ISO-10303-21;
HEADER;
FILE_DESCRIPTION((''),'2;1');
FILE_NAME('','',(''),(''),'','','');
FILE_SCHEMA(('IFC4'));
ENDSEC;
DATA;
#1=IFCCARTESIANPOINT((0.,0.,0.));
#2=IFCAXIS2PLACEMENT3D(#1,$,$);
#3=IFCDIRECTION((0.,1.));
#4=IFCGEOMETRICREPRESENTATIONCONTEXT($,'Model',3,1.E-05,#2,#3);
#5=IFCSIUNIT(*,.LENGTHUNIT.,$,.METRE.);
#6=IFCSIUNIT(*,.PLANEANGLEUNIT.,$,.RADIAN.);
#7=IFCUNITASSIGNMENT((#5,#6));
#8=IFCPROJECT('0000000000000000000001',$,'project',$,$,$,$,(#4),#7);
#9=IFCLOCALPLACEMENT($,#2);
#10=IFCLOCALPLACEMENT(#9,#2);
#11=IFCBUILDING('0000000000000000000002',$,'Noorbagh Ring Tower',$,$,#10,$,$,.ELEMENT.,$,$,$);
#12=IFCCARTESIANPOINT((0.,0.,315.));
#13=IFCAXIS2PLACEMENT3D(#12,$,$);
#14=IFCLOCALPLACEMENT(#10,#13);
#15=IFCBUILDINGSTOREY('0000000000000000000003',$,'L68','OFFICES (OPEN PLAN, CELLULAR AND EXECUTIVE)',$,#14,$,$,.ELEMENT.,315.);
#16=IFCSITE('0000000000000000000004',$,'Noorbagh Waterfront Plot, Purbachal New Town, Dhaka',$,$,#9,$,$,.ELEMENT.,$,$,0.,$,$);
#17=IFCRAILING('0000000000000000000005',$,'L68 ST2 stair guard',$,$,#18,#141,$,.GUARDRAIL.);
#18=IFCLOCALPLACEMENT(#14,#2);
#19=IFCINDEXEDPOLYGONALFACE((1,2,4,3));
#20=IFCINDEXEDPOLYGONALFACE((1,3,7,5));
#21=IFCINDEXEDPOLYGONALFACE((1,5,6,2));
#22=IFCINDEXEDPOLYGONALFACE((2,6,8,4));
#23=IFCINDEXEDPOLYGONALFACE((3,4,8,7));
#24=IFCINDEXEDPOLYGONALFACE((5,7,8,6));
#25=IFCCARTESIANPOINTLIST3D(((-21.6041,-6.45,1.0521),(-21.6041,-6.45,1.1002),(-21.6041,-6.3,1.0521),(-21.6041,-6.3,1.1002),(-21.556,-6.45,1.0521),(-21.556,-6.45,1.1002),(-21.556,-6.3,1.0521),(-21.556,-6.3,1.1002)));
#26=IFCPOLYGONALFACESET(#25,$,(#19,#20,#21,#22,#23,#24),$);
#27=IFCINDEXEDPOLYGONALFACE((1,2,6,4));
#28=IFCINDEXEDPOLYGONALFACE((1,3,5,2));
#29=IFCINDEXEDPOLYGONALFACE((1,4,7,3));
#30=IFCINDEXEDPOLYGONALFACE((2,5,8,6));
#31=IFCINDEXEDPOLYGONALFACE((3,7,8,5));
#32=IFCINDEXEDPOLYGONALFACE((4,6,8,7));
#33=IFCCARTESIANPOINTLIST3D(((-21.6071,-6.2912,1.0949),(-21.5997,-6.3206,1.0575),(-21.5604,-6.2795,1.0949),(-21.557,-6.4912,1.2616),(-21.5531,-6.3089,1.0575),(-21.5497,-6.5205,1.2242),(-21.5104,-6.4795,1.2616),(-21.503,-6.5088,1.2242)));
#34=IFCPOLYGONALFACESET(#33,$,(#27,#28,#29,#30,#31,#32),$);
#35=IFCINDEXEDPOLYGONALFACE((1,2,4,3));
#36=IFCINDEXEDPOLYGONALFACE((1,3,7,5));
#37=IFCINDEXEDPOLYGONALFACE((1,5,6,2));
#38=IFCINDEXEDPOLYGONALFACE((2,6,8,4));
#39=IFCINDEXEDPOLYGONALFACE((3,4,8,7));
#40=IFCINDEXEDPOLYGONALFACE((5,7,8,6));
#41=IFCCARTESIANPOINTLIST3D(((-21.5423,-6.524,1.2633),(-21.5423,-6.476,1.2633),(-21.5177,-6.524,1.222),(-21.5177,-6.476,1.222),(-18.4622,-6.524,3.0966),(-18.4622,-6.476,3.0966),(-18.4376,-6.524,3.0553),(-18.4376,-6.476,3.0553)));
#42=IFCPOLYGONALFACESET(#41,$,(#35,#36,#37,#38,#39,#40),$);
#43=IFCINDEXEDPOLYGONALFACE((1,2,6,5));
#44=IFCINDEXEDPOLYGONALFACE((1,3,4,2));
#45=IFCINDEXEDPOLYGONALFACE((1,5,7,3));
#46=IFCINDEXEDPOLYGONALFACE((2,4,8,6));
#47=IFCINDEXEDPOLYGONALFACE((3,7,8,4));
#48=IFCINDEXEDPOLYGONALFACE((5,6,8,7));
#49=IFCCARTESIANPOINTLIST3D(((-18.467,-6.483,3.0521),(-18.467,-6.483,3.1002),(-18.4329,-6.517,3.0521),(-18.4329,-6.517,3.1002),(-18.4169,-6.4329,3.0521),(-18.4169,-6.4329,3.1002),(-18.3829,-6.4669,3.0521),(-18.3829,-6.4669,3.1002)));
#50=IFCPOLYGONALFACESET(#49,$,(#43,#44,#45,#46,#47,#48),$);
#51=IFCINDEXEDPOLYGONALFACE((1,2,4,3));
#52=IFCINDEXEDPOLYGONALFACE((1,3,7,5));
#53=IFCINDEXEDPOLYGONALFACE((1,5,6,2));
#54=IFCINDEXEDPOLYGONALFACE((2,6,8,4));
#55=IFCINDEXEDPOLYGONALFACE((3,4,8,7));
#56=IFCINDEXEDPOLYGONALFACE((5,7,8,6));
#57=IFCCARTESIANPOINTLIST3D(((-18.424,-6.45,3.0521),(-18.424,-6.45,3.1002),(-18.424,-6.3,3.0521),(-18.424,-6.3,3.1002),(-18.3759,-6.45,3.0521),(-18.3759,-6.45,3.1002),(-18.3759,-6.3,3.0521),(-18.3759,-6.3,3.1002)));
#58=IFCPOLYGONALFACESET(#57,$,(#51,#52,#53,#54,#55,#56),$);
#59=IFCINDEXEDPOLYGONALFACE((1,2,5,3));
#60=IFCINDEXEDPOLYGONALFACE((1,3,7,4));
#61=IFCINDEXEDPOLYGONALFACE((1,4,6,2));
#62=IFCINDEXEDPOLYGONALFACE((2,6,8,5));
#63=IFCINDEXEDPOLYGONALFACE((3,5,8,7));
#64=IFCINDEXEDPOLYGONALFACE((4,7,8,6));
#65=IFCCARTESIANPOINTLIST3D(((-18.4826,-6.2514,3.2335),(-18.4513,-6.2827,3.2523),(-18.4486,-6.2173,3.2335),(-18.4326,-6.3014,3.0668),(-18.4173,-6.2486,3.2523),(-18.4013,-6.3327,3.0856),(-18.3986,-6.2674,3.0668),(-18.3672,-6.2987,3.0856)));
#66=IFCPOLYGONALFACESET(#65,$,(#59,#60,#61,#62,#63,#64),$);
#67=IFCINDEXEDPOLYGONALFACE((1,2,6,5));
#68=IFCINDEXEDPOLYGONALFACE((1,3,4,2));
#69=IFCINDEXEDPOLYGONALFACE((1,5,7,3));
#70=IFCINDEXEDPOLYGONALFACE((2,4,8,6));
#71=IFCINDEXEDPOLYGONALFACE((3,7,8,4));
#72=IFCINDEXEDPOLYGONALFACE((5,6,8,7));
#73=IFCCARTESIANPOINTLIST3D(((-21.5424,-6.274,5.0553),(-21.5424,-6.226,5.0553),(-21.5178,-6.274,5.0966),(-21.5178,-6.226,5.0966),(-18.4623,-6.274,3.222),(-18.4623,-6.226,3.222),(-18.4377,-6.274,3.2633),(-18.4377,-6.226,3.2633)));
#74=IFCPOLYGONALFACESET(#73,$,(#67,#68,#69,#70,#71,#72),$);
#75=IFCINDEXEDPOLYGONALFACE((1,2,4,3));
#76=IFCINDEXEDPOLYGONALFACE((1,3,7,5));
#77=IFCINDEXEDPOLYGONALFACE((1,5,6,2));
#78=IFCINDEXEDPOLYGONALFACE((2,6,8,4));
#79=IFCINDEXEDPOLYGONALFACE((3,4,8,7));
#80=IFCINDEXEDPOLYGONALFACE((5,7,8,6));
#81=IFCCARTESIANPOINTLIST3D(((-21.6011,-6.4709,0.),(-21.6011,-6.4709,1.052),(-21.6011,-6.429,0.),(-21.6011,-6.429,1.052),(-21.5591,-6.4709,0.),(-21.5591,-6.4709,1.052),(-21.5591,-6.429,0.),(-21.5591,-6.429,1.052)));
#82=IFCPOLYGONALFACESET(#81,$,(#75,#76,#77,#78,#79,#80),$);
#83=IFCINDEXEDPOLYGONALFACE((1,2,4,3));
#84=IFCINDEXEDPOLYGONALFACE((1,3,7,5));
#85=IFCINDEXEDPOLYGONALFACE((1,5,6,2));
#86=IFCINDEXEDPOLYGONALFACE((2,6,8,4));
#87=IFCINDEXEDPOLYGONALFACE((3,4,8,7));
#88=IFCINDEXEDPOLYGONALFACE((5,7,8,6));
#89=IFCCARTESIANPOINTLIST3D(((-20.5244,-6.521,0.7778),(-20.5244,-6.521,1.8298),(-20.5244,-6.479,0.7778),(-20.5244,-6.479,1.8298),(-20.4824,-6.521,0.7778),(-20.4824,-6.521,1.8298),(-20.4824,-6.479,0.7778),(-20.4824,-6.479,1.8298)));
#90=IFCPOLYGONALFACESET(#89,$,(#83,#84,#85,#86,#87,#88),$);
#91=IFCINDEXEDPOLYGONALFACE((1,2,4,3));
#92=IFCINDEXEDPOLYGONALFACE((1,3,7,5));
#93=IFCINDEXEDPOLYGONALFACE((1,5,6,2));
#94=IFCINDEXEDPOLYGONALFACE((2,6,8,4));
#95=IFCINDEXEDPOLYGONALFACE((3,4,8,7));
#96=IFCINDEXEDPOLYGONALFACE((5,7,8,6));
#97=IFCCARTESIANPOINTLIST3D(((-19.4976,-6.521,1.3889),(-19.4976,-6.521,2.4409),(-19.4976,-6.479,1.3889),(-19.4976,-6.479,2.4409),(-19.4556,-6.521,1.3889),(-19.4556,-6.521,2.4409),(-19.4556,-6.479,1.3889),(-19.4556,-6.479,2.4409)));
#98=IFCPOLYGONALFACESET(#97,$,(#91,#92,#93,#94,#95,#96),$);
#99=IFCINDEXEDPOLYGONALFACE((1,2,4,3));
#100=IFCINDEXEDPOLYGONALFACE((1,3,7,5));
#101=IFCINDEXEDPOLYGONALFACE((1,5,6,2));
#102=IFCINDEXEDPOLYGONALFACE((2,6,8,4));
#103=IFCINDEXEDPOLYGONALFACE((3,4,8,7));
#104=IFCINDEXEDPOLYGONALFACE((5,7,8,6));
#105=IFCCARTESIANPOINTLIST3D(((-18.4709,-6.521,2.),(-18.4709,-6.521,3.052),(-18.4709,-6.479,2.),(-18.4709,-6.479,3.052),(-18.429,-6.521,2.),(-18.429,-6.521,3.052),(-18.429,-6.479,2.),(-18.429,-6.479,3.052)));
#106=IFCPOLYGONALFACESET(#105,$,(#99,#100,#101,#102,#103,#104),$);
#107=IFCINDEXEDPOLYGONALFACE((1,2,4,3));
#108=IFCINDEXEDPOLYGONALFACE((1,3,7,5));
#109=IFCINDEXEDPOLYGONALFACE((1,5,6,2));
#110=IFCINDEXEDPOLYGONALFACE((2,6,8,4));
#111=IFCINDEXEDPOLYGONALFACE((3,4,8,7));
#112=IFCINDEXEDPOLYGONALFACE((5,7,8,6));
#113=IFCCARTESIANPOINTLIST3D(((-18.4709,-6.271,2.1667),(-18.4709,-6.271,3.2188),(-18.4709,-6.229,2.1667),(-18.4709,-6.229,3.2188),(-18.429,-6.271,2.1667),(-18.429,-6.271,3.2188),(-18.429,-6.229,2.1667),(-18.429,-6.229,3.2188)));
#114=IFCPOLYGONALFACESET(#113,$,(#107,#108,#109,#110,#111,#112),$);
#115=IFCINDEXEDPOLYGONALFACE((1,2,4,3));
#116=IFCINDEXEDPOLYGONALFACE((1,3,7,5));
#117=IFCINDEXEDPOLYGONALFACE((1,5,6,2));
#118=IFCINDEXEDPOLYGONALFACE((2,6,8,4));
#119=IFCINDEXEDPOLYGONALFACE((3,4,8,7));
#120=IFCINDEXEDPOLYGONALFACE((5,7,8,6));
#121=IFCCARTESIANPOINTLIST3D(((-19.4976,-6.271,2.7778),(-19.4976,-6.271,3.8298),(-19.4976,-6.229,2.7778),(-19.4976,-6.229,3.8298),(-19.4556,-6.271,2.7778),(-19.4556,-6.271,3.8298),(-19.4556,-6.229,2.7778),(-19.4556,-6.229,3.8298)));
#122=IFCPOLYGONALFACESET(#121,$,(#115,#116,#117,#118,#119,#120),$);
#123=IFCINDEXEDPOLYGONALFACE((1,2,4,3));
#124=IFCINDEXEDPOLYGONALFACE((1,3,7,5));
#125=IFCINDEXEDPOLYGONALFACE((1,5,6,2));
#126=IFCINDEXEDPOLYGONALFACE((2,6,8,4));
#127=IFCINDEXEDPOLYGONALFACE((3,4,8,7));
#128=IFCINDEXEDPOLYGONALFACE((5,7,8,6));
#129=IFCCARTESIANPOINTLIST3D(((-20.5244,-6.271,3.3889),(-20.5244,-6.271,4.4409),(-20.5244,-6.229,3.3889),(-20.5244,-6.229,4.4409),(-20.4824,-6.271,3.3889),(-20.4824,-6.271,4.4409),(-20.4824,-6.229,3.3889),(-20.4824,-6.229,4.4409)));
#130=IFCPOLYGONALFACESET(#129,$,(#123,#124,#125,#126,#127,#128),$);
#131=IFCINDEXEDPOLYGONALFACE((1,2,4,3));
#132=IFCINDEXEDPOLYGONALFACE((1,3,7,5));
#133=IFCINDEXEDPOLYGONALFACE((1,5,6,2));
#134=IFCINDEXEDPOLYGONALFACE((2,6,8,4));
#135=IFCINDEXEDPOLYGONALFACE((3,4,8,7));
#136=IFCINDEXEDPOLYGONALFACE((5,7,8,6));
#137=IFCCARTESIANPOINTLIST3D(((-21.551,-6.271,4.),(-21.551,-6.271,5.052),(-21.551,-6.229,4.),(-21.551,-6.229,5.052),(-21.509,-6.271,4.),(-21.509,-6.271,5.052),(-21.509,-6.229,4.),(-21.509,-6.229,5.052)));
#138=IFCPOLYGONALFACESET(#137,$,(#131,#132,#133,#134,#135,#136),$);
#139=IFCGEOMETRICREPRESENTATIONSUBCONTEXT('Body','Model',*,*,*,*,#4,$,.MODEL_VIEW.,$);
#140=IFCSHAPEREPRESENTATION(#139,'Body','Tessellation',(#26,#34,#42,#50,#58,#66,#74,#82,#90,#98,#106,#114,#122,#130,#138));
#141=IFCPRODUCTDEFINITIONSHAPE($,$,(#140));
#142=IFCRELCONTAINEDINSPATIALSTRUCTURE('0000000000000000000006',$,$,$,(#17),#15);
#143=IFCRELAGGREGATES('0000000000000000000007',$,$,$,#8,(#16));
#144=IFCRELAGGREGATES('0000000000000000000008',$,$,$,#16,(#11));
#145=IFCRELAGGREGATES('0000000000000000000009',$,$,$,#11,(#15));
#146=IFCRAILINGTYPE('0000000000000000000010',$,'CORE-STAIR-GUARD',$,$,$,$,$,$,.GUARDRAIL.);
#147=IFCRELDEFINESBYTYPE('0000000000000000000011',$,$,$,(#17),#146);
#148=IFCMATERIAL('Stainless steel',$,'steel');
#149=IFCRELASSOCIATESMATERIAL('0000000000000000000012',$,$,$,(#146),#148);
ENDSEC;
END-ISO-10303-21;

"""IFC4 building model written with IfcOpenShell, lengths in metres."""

from ifc_helpers import new_model, si_unit, direction, frame, origin, origin_2d, place, context, subcontext, project, spatial, rectangle, extrude, material, type_object, element, save


model = new_model("IFC4")

# Units and contexts
model_context = context("Model", 3, precision=1e-05, world=origin(), true_north=direction((0.0, 1.0)))
body_context = subcontext(model_context, "Body", "Model", "MODEL_VIEW")
ifc_project = project(units=[si_unit("LENGTHUNIT", "METRE"), si_unit("PLANEANGLEUNIT", "RADIAN")], contexts=[model_context])

# Site, building, storey
site_placement = place(None, origin())
site = spatial("IfcSite", under=ifc_project, at=site_placement, Name="Noorbagh Waterfront Plot, Purbachal New Town, Dhaka", CompositionType="ELEMENT", RefElevation=0.0)
building_placement = place(site_placement, origin())
building = spatial("IfcBuilding", under=site, at=building_placement, Name="Noorbagh Ring Tower", CompositionType="ELEMENT")
storey_placement = place(building_placement, frame((0.0, 0.0, 315.0)))
storey = spatial("IfcBuildingStorey", under=building, at=storey_placement, Name="L68", Description="OFFICES (OPEN PLAN, CELLULAR AND EXECUTIVE)", CompositionType="ELEMENT", Elevation=315.0)

# Railing
ifc_material_1 = material(Name="Stainless steel", Category="steel")
railing_type_1 = type_object("IfcRailingType", Name="CORE-STAIR-GUARD", PredefinedType="GUARDRAIL", material=ifc_material_1)
railing_1_placement = place(storey_placement, frame((-21.5801, -6.45, 0.0)))
element("IfcRailing", 1, at=railing_1_placement, inside=storey, type_object=railing_type_1, Name="L68 ST2 stair guard", PredefinedType="GUARDRAIL", context=body_context, shape_type="SweptSolid", body=[
    extrude(rectangle(XDim=0.0481, YDim=0.0481, at=origin_2d()), frame((0.0, 0.0, 1.0762), z_axis=(0.0, 1.0, 0.0), x_axis=(-1.0, 0.0, 0.0)), (0.0, 0.0, 1.0), 0.1499),
    extrude(rectangle(XDim=0.0481, YDim=0.0481, at=origin_2d()), frame((0.0, 0.1499, 1.0762), z_axis=(0.188776, -0.754182, 0.628946), x_axis=(0.970073, 0.242814, 0.0)), (0.0, 0.0, 1.0), 0.2651),
    extrude(rectangle(XDim=0.0481, YDim=0.0481, at=origin_2d()), frame((0.05, -0.05, 1.2427), z_axis=(0.859309, 0.0, 0.511458), x_axis=(0.0, 1.0, 0.0)), (0.0, 0.0, 1.0), 3.5845),
    extrude(rectangle(XDim=0.0481, YDim=0.0481, at=origin_2d()), frame((3.1301, -0.05, 3.0762), z_axis=(0.707107, 0.707107, 0.0), x_axis=(-0.707107, 0.707107, 0.0)), (0.0, 0.0, 1.0), 0.0708),
    extrude(rectangle(XDim=0.0481, YDim=0.0481, at=origin_2d()), frame((3.1802, 0.0, 3.0762), z_axis=(0.0, 1.0, 0.0), x_axis=(-1.0, 0.0, 0.0)), (0.0, 0.0, 1.0), 0.1499),
    extrude(rectangle(XDim=0.0481, YDim=0.0481, at=origin_2d()), frame((3.1802, 0.1499, 3.0762), z_axis=(-0.276287, 0.276287, 0.920506), x_axis=(-0.707107, -0.707107, 0.0)), (0.0, 0.0, 1.0), 0.1812),
    extrude(rectangle(XDim=0.0481, YDim=0.0481, at=origin_2d()), frame((3.1301, 0.2, 3.2427), z_axis=(-0.859309, 0.0, 0.511458), x_axis=(0.0, -1.0, 0.0)), (0.0, 0.0, 1.0), 3.5845),
    extrude(rectangle(XDim=0.042, YDim=0.042, at=origin_2d()), origin(), (0.0, 0.0, 1.0), 1.052),
    extrude(rectangle(XDim=0.042, YDim=0.042, at=origin_2d()), frame((1.0767, -0.05, 0.7778)), (0.0, 0.0, 1.0), 1.052),
    extrude(rectangle(XDim=0.042, YDim=0.042, at=origin_2d()), frame((2.1035, -0.05, 1.3889)), (0.0, 0.0, 1.0), 1.052),
    extrude(rectangle(XDim=0.042, YDim=0.042, at=origin_2d()), frame((3.1301, -0.05, 2.0)), (0.0, 0.0, 1.0), 1.052),
    extrude(rectangle(XDim=0.042, YDim=0.042, at=origin_2d()), frame((3.1301, 0.2, 2.1667)), (0.0, 0.0, 1.0), 1.052),
    extrude(rectangle(XDim=0.042, YDim=0.042, at=origin_2d()), frame((2.1035, 0.2, 2.7778)), (0.0, 0.0, 1.0), 1.052),
    extrude(rectangle(XDim=0.042, YDim=0.042, at=origin_2d()), frame((1.0767, 0.2, 3.3889)), (0.0, 0.0, 1.0), 1.052),
    extrude(rectangle(XDim=0.042, YDim=0.042, at=origin_2d()), frame((0.05, 0.2, 4.0)), (0.0, 0.0, 1.0), 1.052),
])

save(model, "model.ifc")
